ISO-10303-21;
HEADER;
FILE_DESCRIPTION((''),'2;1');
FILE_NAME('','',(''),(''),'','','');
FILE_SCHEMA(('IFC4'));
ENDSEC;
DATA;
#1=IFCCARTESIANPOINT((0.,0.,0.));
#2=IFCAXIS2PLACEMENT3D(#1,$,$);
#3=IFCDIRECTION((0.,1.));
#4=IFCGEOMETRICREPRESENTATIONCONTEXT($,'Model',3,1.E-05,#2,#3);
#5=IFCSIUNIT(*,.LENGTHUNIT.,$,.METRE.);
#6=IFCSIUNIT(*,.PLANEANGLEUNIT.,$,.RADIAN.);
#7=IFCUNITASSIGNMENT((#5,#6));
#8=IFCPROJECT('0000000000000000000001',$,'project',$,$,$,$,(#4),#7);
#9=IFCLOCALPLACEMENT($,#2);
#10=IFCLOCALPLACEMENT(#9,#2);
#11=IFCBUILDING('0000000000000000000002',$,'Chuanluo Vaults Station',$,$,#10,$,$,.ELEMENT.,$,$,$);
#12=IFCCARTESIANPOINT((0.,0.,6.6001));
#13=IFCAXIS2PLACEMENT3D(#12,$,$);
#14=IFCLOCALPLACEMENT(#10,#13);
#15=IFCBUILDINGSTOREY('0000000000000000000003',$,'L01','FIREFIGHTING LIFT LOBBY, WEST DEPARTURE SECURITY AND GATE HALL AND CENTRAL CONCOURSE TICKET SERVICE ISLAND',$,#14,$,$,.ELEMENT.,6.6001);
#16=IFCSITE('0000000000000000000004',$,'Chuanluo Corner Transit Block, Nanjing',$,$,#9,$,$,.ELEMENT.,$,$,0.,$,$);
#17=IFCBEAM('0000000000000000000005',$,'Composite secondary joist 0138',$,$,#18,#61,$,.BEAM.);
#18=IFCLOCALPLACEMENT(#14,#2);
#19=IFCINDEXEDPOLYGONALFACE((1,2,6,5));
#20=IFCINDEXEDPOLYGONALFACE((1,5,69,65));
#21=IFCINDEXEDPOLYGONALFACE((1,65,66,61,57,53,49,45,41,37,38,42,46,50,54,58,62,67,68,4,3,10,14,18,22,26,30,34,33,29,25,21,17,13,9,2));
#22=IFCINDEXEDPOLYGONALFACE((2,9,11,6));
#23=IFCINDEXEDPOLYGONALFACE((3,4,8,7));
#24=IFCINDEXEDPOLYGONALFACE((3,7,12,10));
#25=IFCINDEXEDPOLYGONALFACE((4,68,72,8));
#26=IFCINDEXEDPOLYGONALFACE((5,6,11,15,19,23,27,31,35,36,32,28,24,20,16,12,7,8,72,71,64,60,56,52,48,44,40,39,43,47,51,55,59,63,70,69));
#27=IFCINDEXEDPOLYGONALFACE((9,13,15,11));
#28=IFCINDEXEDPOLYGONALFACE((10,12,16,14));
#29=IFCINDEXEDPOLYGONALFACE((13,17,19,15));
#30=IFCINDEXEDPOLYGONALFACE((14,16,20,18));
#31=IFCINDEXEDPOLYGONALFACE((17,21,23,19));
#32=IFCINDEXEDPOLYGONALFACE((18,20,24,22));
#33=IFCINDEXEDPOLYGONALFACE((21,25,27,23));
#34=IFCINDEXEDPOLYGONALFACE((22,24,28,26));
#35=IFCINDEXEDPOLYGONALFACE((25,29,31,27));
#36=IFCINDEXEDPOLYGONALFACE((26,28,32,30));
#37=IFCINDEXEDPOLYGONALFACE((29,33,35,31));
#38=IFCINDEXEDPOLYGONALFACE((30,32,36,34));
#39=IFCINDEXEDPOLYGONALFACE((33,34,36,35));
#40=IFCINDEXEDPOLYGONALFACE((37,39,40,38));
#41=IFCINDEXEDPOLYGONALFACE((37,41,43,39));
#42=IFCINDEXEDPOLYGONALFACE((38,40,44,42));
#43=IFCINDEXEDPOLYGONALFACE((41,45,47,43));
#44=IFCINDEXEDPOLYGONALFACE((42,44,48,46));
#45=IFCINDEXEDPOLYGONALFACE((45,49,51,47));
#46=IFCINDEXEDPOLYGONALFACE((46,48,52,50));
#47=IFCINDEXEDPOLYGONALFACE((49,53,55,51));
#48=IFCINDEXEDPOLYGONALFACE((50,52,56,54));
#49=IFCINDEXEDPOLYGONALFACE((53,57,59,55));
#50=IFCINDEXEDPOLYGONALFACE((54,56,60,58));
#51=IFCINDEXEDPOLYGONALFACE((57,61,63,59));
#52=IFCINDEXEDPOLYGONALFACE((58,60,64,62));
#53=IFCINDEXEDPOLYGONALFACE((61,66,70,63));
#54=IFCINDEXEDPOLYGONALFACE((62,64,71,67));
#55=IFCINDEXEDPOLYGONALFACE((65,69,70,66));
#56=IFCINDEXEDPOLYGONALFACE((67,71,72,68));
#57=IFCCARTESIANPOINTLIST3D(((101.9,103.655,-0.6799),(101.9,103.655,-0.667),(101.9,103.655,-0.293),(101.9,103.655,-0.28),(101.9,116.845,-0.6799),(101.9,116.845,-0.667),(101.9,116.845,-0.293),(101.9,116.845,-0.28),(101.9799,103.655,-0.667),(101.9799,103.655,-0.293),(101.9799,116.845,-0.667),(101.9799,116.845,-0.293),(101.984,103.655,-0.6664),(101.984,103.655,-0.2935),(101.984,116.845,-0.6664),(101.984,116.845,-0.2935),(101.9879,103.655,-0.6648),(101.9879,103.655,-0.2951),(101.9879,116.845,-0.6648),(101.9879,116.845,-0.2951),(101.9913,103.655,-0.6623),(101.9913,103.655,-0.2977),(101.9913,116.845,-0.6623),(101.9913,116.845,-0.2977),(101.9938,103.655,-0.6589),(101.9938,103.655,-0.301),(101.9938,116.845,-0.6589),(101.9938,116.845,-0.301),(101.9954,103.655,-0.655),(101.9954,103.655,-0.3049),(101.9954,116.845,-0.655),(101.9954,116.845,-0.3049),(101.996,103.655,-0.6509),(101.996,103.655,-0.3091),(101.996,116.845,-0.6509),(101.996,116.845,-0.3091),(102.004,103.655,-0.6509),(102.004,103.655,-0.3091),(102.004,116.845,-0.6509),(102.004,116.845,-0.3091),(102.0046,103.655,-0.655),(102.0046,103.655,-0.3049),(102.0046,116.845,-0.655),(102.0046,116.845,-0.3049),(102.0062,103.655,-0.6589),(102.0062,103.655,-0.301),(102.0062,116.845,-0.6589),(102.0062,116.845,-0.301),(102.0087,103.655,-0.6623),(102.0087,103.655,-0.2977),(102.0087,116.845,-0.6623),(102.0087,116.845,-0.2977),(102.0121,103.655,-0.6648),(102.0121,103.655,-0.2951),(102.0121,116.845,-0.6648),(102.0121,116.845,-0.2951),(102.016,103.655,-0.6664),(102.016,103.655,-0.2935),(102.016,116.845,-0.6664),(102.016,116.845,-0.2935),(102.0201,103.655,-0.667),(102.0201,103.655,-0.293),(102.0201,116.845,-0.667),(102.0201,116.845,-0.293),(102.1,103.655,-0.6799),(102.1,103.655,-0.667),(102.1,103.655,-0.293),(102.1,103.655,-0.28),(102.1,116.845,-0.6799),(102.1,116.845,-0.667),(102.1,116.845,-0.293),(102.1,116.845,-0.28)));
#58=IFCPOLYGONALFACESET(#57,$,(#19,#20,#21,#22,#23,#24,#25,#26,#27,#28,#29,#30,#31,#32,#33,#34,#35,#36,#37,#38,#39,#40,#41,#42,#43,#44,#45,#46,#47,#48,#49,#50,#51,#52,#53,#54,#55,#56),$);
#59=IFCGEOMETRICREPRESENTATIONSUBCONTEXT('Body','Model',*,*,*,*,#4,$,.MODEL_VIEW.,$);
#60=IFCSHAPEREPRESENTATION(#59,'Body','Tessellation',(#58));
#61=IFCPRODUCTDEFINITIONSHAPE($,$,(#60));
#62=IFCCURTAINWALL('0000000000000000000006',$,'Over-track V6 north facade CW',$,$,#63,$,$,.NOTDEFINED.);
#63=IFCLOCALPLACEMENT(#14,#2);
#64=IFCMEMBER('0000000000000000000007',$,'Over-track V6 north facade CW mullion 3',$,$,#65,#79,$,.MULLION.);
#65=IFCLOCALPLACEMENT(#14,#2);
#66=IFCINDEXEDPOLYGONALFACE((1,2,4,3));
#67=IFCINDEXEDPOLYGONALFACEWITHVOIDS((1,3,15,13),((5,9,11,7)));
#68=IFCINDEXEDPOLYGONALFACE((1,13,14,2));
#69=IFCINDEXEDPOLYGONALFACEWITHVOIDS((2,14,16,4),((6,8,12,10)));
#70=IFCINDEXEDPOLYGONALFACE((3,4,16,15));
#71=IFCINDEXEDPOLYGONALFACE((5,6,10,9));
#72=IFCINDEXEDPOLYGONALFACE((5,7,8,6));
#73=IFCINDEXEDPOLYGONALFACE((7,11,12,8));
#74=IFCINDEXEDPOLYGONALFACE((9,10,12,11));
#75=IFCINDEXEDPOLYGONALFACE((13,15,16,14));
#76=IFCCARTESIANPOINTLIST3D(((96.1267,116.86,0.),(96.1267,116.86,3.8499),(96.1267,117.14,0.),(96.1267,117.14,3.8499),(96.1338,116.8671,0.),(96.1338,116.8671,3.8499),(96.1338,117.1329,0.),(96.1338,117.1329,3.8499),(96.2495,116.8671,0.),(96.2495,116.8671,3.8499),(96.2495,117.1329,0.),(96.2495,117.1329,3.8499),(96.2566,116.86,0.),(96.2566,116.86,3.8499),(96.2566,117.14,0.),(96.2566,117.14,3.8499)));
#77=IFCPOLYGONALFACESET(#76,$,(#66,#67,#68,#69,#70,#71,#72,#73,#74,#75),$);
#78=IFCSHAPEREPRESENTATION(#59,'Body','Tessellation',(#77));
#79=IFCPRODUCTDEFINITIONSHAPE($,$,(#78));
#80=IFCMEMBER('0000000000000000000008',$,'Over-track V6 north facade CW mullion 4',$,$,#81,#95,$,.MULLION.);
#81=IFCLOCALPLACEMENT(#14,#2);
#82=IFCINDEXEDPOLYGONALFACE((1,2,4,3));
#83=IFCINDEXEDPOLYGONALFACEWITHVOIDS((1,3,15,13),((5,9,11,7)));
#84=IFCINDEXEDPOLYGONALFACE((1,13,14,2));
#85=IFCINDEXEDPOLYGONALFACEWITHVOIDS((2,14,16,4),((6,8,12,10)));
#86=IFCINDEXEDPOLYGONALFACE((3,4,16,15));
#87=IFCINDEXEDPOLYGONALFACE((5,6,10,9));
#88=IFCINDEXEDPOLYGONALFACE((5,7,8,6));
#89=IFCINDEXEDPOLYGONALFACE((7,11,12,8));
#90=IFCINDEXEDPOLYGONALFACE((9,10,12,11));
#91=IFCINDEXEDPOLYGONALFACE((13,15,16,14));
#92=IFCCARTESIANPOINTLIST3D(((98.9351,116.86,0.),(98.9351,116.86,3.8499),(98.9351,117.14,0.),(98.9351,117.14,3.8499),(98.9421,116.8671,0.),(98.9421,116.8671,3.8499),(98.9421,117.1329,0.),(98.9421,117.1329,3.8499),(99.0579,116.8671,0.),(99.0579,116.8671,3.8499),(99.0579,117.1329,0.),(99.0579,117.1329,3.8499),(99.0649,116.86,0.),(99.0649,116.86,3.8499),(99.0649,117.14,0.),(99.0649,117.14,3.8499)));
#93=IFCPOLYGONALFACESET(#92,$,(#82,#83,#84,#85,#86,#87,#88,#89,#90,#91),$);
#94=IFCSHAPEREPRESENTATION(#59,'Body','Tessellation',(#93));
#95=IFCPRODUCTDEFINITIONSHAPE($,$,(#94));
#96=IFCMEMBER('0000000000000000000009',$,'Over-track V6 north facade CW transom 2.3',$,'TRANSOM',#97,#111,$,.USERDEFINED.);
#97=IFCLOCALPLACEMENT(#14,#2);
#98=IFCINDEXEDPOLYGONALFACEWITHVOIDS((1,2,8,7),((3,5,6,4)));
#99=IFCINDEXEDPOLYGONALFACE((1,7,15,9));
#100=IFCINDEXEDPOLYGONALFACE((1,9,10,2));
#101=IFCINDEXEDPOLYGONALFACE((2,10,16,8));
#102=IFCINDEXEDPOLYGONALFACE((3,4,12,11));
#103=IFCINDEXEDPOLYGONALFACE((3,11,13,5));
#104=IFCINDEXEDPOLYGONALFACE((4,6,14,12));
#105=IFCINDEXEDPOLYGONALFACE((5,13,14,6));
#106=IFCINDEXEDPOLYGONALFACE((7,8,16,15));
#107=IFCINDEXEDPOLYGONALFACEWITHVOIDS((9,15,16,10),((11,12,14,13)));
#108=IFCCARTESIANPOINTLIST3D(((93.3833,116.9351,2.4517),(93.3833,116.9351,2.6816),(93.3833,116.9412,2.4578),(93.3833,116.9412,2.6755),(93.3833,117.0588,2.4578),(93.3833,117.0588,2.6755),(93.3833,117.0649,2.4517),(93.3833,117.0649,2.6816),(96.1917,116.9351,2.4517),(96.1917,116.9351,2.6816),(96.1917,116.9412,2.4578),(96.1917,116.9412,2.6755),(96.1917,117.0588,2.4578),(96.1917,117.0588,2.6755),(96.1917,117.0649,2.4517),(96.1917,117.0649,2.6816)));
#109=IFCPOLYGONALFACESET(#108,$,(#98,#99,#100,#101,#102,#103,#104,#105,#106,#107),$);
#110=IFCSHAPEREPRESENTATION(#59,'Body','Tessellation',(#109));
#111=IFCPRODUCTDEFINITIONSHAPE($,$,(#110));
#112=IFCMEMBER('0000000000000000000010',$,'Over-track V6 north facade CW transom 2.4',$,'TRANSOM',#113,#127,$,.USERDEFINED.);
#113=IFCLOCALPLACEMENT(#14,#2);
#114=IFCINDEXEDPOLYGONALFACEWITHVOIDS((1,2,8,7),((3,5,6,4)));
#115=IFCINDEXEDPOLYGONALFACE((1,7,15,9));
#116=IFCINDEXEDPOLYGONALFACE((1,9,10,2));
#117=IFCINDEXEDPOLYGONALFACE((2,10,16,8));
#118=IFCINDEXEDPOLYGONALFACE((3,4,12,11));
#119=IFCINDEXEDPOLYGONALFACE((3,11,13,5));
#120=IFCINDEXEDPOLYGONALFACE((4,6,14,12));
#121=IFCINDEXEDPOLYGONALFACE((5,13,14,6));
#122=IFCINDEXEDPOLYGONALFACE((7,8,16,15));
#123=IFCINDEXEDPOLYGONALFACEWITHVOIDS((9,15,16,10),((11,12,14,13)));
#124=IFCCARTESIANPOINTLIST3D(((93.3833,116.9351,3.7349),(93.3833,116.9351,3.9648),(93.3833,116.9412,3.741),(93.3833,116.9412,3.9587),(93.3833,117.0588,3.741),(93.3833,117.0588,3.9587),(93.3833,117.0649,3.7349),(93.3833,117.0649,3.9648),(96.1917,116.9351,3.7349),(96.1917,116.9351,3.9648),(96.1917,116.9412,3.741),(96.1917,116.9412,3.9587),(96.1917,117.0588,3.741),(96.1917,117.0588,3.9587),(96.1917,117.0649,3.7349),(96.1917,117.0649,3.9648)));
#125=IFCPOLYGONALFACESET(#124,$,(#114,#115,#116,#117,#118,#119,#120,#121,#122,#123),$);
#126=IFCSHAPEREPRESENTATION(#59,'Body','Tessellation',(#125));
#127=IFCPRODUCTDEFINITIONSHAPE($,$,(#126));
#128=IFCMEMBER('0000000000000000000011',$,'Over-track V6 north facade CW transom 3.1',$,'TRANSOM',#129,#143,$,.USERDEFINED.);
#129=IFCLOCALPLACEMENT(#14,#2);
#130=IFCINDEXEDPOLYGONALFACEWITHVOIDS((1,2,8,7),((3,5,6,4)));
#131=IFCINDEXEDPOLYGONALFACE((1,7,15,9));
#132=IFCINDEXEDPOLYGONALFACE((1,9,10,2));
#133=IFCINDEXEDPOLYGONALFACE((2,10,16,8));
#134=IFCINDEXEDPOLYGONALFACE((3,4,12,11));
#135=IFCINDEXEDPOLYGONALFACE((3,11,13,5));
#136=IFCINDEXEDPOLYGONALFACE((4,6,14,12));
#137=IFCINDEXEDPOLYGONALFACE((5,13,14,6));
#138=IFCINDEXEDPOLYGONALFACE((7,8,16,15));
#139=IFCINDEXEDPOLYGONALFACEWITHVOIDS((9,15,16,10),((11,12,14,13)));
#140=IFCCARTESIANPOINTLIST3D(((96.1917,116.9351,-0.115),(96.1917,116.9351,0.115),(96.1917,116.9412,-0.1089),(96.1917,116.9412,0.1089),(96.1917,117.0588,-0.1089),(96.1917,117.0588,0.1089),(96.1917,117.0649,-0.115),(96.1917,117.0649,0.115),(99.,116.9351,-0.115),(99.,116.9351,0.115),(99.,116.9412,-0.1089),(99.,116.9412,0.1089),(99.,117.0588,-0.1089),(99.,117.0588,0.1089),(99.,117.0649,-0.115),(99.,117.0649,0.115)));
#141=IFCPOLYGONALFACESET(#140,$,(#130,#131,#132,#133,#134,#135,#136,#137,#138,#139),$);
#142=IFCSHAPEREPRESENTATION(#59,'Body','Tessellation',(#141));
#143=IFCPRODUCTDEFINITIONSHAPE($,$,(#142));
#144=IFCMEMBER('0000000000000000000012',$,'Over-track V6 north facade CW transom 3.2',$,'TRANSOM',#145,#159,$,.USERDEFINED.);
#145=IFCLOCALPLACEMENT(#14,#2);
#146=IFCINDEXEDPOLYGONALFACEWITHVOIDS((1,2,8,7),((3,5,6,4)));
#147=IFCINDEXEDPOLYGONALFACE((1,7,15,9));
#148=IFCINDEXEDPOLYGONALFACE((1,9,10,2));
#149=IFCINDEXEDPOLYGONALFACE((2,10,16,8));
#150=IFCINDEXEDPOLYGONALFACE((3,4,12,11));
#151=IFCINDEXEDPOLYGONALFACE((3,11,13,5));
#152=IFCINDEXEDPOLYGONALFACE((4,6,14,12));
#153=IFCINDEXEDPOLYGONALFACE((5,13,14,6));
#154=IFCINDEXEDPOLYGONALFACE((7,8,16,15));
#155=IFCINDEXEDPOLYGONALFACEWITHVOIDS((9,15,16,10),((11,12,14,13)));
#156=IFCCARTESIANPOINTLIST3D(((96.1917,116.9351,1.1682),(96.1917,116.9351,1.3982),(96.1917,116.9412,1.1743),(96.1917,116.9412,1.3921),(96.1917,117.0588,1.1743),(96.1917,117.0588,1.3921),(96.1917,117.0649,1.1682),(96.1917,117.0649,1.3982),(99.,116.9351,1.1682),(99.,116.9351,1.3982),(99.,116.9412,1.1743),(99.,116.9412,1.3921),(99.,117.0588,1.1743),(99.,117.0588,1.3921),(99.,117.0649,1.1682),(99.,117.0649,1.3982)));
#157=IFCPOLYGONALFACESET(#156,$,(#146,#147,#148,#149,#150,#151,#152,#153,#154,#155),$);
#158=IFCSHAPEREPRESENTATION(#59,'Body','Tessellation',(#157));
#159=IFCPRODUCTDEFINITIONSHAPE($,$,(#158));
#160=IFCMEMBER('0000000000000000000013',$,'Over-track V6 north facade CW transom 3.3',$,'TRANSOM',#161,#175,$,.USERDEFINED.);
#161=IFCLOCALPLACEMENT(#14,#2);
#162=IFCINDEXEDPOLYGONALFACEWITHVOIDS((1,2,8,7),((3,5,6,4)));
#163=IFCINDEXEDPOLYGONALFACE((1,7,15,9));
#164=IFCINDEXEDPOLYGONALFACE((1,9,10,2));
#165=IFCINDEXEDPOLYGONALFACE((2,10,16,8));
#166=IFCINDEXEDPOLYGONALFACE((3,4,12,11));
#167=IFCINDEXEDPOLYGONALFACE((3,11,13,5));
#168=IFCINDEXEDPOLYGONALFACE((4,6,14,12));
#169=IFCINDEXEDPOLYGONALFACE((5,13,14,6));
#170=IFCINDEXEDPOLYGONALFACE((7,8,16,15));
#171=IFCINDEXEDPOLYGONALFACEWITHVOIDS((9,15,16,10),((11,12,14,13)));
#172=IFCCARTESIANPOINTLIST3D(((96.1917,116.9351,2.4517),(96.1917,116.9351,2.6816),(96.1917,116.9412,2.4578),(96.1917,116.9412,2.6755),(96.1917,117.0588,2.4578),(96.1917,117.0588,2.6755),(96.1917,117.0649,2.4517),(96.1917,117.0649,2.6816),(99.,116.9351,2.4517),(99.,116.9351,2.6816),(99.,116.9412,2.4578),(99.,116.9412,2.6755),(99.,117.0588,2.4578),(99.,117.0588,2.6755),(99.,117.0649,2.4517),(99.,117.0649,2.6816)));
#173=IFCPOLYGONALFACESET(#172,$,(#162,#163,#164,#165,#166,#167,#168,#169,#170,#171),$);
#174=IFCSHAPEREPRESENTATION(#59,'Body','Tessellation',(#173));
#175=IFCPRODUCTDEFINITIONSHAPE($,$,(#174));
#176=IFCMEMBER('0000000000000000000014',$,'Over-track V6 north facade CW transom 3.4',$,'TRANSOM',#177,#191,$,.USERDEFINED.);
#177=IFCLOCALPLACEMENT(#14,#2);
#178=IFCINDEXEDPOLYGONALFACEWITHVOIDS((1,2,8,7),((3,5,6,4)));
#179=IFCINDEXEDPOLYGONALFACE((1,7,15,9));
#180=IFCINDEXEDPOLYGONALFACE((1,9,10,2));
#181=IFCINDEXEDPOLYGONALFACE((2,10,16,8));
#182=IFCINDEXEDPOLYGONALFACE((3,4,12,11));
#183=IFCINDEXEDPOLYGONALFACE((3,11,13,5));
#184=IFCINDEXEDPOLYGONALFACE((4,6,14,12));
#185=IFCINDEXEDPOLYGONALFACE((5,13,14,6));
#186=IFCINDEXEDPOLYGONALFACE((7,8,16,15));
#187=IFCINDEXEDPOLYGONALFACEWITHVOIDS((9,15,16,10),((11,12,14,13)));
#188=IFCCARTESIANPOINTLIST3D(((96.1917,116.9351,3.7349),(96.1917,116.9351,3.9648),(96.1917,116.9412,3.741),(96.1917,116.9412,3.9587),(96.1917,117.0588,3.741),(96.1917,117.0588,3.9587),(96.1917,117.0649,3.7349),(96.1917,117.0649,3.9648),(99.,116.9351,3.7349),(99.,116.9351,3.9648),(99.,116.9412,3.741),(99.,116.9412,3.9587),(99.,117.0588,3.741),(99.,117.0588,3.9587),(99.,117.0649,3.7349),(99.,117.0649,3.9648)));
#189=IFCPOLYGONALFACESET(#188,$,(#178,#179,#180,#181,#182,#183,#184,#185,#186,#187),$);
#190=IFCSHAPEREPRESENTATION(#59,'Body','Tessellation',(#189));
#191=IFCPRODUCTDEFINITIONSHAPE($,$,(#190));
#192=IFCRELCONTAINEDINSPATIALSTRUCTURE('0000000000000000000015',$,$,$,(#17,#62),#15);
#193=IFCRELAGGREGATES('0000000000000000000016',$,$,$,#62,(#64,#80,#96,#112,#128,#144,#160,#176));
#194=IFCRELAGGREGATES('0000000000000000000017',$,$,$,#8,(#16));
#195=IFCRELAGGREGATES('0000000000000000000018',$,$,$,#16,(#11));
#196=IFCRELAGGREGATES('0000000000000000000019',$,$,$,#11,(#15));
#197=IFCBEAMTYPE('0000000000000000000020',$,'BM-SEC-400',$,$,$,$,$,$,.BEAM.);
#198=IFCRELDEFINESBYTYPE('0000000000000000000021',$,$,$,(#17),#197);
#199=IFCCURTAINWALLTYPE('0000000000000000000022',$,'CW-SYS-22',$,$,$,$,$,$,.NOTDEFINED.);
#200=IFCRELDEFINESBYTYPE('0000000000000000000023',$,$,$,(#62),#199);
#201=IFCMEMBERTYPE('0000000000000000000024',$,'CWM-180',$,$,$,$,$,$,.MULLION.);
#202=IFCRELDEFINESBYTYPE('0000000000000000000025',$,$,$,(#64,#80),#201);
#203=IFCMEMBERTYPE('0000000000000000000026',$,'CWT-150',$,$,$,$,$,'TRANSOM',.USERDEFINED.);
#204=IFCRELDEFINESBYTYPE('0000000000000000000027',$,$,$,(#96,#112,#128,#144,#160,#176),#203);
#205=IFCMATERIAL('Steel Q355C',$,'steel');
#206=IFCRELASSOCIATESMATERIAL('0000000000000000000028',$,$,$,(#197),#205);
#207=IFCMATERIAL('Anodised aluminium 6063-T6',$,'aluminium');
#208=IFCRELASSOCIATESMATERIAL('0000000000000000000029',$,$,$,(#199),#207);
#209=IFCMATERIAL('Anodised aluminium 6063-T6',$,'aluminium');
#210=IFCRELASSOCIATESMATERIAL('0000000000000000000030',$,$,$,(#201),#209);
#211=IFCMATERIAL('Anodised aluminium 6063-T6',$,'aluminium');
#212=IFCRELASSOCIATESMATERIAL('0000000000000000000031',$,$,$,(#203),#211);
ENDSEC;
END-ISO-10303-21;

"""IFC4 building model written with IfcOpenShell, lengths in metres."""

from ifc_helpers import new_model, si_unit, direction, frame, origin, origin_2d, place, context, subcontext, project, spatial, hollow_rectangle, i_section, extrude, material, material_profile, profile_set, type_object, element, aggregate, save


model = new_model("IFC4")

# Units and contexts
model_context = context("Model", 3, precision=1e-05, world=origin(), true_north=direction((0.0, 1.0)))
body_context = subcontext(model_context, "Body", "Model", "MODEL_VIEW")
ifc_project = project(units=[si_unit("LENGTHUNIT", "METRE"), si_unit("PLANEANGLEUNIT", "RADIAN")], contexts=[model_context])

# Site, building, storey
site_placement = place(None, origin())
site = spatial("IfcSite", under=ifc_project, at=site_placement, Name="Chuanluo Corner Transit Block, Nanjing", CompositionType="ELEMENT", RefElevation=0.0)
building_placement = place(site_placement, origin())
building = spatial("IfcBuilding", under=site, at=building_placement, Name="Chuanluo Vaults Station", CompositionType="ELEMENT")
storey_placement = place(building_placement, frame((0.0, 0.0, 6.6001)))
storey = spatial("IfcBuildingStorey", under=building, at=storey_placement, Name="L01", Description="FIREFIGHTING LIFT LOBBY, WEST DEPARTURE SECURITY AND GATE HALL AND CENTRAL CONCOURSE TICKET SERVICE ISLAND", CompositionType="ELEMENT", Elevation=6.6001)

# Beam
ifc_material_1 = material(Name="Steel Q355C", Category="steel")
ifc_material_profile_1 = material_profile(ifc_material_1, i_section(OverallWidth=0.2, OverallDepth=0.3999, WebThickness=0.0081, FlangeThickness=0.0129, FilletRadius=0.0161, at=origin_2d()))
ifc_profile_set_1 = profile_set([ifc_material_profile_1], Name="Steel Q355C")
beam_type_1 = type_object("IfcBeamType", Name="BM-SEC-400", PredefinedType="BEAM", material=ifc_profile_set_1)
for number, where, z_axis, x_axis, name in (
    (1, (102.0, 103.655, -0.48), (0.0, 1.0, 0.0), (-1.0, 0.0, 0.0), "Composite secondary joist 0138"),
):
    element("IfcBeam", number, at=place(storey_placement, frame(where, z_axis=z_axis, x_axis=x_axis)), inside=storey, type_object=beam_type_1, Name=name, PredefinedType="BEAM", context=body_context, shape_type="SweptSolid", body=[
        extrude(i_section(OverallWidth=0.2, OverallDepth=0.3999, WebThickness=0.0081, FlangeThickness=0.0129, FilletRadius=0.0161, at=origin_2d()), origin(), (0.0, 0.0, 1.0), 13.1899),
    ])

# Curtain wall, members
ifc_material_2 = material(Name="Anodised aluminium 6063-T6", Category="aluminium")
curtain_wall_type = type_object("IfcCurtainWallType", Name="CW-SYS-22", PredefinedType="NOTDEFINED", material=ifc_material_2)
curtain_wall_placement = place(storey_placement, origin())
curtain_wall = element("IfcCurtainWall", 2, at=curtain_wall_placement, inside=storey, type_object=curtain_wall_type, Name="Over-track V6 north facade CW", PredefinedType="NOTDEFINED")
ifc_material_3 = material(Name="Anodised aluminium 6063-T6", Category="aluminium")
ifc_material_profile_2 = material_profile(ifc_material_3, hollow_rectangle(XDim=0.1299, YDim=0.28, WallThickness=0.0071, at=origin_2d()))
ifc_profile_set_2 = profile_set([ifc_material_profile_2], Name="Anodised aluminium 6063-T6")
member_type_1 = type_object("IfcMemberType", Name="CWM-180", PredefinedType="MULLION", material=ifc_profile_set_2)
member_1_placement = place(storey_placement, frame((96.1917, 117.0, 0.0), z_axis=(0.0, 0.0, 1.0), x_axis=(1.0, 0.0, 0.0)))
member_1 = element("IfcMember", 3, at=member_1_placement, type_object=member_type_1, Name="Over-track V6 north facade CW mullion 3", PredefinedType="MULLION", context=body_context, shape_type="SweptSolid", body=[
    extrude(hollow_rectangle(XDim=0.1299, YDim=0.28, WallThickness=0.0071, at=origin_2d()), origin(), (0.0, 0.0, 1.0), 3.8499),
])
member_2_placement = place(storey_placement, frame((99.0, 117.0, 0.0), z_axis=(0.0, 0.0, 1.0), x_axis=(1.0, 0.0, 0.0)))
member_2 = element("IfcMember", 4, at=member_2_placement, type_object=member_type_1, Name="Over-track V6 north facade CW mullion 4", PredefinedType="MULLION", context=body_context, shape_type="SweptSolid", body=[
    extrude(hollow_rectangle(XDim=0.1299, YDim=0.28, WallThickness=0.0071, at=origin_2d()), origin(), (0.0, 0.0, 1.0), 3.8499),
])
ifc_material_4 = material(Name="Anodised aluminium 6063-T6", Category="aluminium")
ifc_material_profile_3 = material_profile(ifc_material_4, hollow_rectangle(XDim=0.1299, YDim=0.23, WallThickness=0.0061, at=origin_2d()))
ifc_profile_set_3 = profile_set([ifc_material_profile_3], Name="Anodised aluminium 6063-T6")
member_type_2 = type_object("IfcMemberType", Name="CWT-150", ElementType="TRANSOM", PredefinedType="USERDEFINED", material=ifc_profile_set_3)
member_3_placement = place(storey_placement, frame((93.3833, 117.0, 2.5667), z_axis=(1.0, 0.0, 0.0), x_axis=(0.0, 1.0, 0.0)))
member_3 = element("IfcMember", 5, at=member_3_placement, type_object=member_type_2, Name="Over-track V6 north facade CW transom 2.3", ObjectType="TRANSOM", PredefinedType="USERDEFINED", context=body_context, shape_type="SweptSolid", body=[
    extrude(hollow_rectangle(XDim=0.1299, YDim=0.23, WallThickness=0.0061, at=origin_2d()), origin(), (0.0, 0.0, 1.0), 2.8083),
])
member_4_placement = place(storey_placement, frame((93.3833, 117.0, 3.8499), z_axis=(1.0, 0.0, 0.0), x_axis=(0.0, 1.0, 0.0)))
member_4 = element("IfcMember", 6, at=member_4_placement, type_object=member_type_2, Name="Over-track V6 north facade CW transom 2.4", ObjectType="TRANSOM", PredefinedType="USERDEFINED", context=body_context, shape_type="SweptSolid", body=[
    extrude(hollow_rectangle(XDim=0.1299, YDim=0.23, WallThickness=0.0061, at=origin_2d()), origin(), (0.0, 0.0, 1.0), 2.8083),
])
member_5_placement = place(storey_placement, frame((96.1917, 117.0, 0.0), z_axis=(1.0, 0.0, 0.0), x_axis=(0.0, 1.0, 0.0)))
member_5 = element("IfcMember", 7, at=member_5_placement, type_object=member_type_2, Name="Over-track V6 north facade CW transom 3.1", ObjectType="TRANSOM", PredefinedType="USERDEFINED", context=body_context, shape_type="SweptSolid", body=[
    extrude(hollow_rectangle(XDim=0.1299, YDim=0.23, WallThickness=0.0061, at=origin_2d()), origin(), (0.0, 0.0, 1.0), 2.8083),
])
member_6_placement = place(storey_placement, frame((96.1917, 117.0, 1.2832), z_axis=(1.0, 0.0, 0.0), x_axis=(0.0, 1.0, 0.0)))
member_6 = element("IfcMember", 8, at=member_6_placement, type_object=member_type_2, Name="Over-track V6 north facade CW transom 3.2", ObjectType="TRANSOM", PredefinedType="USERDEFINED", context=body_context, shape_type="SweptSolid", body=[
    extrude(hollow_rectangle(XDim=0.1299, YDim=0.23, WallThickness=0.0061, at=origin_2d()), origin(), (0.0, 0.0, 1.0), 2.8083),
])
member_7_placement = place(storey_placement, frame((96.1917, 117.0, 2.5667), z_axis=(1.0, 0.0, 0.0), x_axis=(0.0, 1.0, 0.0)))
member_7 = element("IfcMember", 9, at=member_7_placement, type_object=member_type_2, Name="Over-track V6 north facade CW transom 3.3", ObjectType="TRANSOM", PredefinedType="USERDEFINED", context=body_context, shape_type="SweptSolid", body=[
    extrude(hollow_rectangle(XDim=0.1299, YDim=0.23, WallThickness=0.0061, at=origin_2d()), origin(), (0.0, 0.0, 1.0), 2.8083),
])
member_8_placement = place(storey_placement, frame((96.1917, 117.0, 3.8499), z_axis=(1.0, 0.0, 0.0), x_axis=(0.0, 1.0, 0.0)))
member_8 = element("IfcMember", 10, at=member_8_placement, type_object=member_type_2, Name="Over-track V6 north facade CW transom 3.4", ObjectType="TRANSOM", PredefinedType="USERDEFINED", context=body_context, shape_type="SweptSolid", body=[
    extrude(hollow_rectangle(XDim=0.1299, YDim=0.23, WallThickness=0.0061, at=origin_2d()), origin(), (0.0, 0.0, 1.0), 2.8083),
])
aggregate(curtain_wall, [member_1, member_2, member_3, member_4, member_5, member_6, member_7, member_8])

save(model, "model.ifc")
